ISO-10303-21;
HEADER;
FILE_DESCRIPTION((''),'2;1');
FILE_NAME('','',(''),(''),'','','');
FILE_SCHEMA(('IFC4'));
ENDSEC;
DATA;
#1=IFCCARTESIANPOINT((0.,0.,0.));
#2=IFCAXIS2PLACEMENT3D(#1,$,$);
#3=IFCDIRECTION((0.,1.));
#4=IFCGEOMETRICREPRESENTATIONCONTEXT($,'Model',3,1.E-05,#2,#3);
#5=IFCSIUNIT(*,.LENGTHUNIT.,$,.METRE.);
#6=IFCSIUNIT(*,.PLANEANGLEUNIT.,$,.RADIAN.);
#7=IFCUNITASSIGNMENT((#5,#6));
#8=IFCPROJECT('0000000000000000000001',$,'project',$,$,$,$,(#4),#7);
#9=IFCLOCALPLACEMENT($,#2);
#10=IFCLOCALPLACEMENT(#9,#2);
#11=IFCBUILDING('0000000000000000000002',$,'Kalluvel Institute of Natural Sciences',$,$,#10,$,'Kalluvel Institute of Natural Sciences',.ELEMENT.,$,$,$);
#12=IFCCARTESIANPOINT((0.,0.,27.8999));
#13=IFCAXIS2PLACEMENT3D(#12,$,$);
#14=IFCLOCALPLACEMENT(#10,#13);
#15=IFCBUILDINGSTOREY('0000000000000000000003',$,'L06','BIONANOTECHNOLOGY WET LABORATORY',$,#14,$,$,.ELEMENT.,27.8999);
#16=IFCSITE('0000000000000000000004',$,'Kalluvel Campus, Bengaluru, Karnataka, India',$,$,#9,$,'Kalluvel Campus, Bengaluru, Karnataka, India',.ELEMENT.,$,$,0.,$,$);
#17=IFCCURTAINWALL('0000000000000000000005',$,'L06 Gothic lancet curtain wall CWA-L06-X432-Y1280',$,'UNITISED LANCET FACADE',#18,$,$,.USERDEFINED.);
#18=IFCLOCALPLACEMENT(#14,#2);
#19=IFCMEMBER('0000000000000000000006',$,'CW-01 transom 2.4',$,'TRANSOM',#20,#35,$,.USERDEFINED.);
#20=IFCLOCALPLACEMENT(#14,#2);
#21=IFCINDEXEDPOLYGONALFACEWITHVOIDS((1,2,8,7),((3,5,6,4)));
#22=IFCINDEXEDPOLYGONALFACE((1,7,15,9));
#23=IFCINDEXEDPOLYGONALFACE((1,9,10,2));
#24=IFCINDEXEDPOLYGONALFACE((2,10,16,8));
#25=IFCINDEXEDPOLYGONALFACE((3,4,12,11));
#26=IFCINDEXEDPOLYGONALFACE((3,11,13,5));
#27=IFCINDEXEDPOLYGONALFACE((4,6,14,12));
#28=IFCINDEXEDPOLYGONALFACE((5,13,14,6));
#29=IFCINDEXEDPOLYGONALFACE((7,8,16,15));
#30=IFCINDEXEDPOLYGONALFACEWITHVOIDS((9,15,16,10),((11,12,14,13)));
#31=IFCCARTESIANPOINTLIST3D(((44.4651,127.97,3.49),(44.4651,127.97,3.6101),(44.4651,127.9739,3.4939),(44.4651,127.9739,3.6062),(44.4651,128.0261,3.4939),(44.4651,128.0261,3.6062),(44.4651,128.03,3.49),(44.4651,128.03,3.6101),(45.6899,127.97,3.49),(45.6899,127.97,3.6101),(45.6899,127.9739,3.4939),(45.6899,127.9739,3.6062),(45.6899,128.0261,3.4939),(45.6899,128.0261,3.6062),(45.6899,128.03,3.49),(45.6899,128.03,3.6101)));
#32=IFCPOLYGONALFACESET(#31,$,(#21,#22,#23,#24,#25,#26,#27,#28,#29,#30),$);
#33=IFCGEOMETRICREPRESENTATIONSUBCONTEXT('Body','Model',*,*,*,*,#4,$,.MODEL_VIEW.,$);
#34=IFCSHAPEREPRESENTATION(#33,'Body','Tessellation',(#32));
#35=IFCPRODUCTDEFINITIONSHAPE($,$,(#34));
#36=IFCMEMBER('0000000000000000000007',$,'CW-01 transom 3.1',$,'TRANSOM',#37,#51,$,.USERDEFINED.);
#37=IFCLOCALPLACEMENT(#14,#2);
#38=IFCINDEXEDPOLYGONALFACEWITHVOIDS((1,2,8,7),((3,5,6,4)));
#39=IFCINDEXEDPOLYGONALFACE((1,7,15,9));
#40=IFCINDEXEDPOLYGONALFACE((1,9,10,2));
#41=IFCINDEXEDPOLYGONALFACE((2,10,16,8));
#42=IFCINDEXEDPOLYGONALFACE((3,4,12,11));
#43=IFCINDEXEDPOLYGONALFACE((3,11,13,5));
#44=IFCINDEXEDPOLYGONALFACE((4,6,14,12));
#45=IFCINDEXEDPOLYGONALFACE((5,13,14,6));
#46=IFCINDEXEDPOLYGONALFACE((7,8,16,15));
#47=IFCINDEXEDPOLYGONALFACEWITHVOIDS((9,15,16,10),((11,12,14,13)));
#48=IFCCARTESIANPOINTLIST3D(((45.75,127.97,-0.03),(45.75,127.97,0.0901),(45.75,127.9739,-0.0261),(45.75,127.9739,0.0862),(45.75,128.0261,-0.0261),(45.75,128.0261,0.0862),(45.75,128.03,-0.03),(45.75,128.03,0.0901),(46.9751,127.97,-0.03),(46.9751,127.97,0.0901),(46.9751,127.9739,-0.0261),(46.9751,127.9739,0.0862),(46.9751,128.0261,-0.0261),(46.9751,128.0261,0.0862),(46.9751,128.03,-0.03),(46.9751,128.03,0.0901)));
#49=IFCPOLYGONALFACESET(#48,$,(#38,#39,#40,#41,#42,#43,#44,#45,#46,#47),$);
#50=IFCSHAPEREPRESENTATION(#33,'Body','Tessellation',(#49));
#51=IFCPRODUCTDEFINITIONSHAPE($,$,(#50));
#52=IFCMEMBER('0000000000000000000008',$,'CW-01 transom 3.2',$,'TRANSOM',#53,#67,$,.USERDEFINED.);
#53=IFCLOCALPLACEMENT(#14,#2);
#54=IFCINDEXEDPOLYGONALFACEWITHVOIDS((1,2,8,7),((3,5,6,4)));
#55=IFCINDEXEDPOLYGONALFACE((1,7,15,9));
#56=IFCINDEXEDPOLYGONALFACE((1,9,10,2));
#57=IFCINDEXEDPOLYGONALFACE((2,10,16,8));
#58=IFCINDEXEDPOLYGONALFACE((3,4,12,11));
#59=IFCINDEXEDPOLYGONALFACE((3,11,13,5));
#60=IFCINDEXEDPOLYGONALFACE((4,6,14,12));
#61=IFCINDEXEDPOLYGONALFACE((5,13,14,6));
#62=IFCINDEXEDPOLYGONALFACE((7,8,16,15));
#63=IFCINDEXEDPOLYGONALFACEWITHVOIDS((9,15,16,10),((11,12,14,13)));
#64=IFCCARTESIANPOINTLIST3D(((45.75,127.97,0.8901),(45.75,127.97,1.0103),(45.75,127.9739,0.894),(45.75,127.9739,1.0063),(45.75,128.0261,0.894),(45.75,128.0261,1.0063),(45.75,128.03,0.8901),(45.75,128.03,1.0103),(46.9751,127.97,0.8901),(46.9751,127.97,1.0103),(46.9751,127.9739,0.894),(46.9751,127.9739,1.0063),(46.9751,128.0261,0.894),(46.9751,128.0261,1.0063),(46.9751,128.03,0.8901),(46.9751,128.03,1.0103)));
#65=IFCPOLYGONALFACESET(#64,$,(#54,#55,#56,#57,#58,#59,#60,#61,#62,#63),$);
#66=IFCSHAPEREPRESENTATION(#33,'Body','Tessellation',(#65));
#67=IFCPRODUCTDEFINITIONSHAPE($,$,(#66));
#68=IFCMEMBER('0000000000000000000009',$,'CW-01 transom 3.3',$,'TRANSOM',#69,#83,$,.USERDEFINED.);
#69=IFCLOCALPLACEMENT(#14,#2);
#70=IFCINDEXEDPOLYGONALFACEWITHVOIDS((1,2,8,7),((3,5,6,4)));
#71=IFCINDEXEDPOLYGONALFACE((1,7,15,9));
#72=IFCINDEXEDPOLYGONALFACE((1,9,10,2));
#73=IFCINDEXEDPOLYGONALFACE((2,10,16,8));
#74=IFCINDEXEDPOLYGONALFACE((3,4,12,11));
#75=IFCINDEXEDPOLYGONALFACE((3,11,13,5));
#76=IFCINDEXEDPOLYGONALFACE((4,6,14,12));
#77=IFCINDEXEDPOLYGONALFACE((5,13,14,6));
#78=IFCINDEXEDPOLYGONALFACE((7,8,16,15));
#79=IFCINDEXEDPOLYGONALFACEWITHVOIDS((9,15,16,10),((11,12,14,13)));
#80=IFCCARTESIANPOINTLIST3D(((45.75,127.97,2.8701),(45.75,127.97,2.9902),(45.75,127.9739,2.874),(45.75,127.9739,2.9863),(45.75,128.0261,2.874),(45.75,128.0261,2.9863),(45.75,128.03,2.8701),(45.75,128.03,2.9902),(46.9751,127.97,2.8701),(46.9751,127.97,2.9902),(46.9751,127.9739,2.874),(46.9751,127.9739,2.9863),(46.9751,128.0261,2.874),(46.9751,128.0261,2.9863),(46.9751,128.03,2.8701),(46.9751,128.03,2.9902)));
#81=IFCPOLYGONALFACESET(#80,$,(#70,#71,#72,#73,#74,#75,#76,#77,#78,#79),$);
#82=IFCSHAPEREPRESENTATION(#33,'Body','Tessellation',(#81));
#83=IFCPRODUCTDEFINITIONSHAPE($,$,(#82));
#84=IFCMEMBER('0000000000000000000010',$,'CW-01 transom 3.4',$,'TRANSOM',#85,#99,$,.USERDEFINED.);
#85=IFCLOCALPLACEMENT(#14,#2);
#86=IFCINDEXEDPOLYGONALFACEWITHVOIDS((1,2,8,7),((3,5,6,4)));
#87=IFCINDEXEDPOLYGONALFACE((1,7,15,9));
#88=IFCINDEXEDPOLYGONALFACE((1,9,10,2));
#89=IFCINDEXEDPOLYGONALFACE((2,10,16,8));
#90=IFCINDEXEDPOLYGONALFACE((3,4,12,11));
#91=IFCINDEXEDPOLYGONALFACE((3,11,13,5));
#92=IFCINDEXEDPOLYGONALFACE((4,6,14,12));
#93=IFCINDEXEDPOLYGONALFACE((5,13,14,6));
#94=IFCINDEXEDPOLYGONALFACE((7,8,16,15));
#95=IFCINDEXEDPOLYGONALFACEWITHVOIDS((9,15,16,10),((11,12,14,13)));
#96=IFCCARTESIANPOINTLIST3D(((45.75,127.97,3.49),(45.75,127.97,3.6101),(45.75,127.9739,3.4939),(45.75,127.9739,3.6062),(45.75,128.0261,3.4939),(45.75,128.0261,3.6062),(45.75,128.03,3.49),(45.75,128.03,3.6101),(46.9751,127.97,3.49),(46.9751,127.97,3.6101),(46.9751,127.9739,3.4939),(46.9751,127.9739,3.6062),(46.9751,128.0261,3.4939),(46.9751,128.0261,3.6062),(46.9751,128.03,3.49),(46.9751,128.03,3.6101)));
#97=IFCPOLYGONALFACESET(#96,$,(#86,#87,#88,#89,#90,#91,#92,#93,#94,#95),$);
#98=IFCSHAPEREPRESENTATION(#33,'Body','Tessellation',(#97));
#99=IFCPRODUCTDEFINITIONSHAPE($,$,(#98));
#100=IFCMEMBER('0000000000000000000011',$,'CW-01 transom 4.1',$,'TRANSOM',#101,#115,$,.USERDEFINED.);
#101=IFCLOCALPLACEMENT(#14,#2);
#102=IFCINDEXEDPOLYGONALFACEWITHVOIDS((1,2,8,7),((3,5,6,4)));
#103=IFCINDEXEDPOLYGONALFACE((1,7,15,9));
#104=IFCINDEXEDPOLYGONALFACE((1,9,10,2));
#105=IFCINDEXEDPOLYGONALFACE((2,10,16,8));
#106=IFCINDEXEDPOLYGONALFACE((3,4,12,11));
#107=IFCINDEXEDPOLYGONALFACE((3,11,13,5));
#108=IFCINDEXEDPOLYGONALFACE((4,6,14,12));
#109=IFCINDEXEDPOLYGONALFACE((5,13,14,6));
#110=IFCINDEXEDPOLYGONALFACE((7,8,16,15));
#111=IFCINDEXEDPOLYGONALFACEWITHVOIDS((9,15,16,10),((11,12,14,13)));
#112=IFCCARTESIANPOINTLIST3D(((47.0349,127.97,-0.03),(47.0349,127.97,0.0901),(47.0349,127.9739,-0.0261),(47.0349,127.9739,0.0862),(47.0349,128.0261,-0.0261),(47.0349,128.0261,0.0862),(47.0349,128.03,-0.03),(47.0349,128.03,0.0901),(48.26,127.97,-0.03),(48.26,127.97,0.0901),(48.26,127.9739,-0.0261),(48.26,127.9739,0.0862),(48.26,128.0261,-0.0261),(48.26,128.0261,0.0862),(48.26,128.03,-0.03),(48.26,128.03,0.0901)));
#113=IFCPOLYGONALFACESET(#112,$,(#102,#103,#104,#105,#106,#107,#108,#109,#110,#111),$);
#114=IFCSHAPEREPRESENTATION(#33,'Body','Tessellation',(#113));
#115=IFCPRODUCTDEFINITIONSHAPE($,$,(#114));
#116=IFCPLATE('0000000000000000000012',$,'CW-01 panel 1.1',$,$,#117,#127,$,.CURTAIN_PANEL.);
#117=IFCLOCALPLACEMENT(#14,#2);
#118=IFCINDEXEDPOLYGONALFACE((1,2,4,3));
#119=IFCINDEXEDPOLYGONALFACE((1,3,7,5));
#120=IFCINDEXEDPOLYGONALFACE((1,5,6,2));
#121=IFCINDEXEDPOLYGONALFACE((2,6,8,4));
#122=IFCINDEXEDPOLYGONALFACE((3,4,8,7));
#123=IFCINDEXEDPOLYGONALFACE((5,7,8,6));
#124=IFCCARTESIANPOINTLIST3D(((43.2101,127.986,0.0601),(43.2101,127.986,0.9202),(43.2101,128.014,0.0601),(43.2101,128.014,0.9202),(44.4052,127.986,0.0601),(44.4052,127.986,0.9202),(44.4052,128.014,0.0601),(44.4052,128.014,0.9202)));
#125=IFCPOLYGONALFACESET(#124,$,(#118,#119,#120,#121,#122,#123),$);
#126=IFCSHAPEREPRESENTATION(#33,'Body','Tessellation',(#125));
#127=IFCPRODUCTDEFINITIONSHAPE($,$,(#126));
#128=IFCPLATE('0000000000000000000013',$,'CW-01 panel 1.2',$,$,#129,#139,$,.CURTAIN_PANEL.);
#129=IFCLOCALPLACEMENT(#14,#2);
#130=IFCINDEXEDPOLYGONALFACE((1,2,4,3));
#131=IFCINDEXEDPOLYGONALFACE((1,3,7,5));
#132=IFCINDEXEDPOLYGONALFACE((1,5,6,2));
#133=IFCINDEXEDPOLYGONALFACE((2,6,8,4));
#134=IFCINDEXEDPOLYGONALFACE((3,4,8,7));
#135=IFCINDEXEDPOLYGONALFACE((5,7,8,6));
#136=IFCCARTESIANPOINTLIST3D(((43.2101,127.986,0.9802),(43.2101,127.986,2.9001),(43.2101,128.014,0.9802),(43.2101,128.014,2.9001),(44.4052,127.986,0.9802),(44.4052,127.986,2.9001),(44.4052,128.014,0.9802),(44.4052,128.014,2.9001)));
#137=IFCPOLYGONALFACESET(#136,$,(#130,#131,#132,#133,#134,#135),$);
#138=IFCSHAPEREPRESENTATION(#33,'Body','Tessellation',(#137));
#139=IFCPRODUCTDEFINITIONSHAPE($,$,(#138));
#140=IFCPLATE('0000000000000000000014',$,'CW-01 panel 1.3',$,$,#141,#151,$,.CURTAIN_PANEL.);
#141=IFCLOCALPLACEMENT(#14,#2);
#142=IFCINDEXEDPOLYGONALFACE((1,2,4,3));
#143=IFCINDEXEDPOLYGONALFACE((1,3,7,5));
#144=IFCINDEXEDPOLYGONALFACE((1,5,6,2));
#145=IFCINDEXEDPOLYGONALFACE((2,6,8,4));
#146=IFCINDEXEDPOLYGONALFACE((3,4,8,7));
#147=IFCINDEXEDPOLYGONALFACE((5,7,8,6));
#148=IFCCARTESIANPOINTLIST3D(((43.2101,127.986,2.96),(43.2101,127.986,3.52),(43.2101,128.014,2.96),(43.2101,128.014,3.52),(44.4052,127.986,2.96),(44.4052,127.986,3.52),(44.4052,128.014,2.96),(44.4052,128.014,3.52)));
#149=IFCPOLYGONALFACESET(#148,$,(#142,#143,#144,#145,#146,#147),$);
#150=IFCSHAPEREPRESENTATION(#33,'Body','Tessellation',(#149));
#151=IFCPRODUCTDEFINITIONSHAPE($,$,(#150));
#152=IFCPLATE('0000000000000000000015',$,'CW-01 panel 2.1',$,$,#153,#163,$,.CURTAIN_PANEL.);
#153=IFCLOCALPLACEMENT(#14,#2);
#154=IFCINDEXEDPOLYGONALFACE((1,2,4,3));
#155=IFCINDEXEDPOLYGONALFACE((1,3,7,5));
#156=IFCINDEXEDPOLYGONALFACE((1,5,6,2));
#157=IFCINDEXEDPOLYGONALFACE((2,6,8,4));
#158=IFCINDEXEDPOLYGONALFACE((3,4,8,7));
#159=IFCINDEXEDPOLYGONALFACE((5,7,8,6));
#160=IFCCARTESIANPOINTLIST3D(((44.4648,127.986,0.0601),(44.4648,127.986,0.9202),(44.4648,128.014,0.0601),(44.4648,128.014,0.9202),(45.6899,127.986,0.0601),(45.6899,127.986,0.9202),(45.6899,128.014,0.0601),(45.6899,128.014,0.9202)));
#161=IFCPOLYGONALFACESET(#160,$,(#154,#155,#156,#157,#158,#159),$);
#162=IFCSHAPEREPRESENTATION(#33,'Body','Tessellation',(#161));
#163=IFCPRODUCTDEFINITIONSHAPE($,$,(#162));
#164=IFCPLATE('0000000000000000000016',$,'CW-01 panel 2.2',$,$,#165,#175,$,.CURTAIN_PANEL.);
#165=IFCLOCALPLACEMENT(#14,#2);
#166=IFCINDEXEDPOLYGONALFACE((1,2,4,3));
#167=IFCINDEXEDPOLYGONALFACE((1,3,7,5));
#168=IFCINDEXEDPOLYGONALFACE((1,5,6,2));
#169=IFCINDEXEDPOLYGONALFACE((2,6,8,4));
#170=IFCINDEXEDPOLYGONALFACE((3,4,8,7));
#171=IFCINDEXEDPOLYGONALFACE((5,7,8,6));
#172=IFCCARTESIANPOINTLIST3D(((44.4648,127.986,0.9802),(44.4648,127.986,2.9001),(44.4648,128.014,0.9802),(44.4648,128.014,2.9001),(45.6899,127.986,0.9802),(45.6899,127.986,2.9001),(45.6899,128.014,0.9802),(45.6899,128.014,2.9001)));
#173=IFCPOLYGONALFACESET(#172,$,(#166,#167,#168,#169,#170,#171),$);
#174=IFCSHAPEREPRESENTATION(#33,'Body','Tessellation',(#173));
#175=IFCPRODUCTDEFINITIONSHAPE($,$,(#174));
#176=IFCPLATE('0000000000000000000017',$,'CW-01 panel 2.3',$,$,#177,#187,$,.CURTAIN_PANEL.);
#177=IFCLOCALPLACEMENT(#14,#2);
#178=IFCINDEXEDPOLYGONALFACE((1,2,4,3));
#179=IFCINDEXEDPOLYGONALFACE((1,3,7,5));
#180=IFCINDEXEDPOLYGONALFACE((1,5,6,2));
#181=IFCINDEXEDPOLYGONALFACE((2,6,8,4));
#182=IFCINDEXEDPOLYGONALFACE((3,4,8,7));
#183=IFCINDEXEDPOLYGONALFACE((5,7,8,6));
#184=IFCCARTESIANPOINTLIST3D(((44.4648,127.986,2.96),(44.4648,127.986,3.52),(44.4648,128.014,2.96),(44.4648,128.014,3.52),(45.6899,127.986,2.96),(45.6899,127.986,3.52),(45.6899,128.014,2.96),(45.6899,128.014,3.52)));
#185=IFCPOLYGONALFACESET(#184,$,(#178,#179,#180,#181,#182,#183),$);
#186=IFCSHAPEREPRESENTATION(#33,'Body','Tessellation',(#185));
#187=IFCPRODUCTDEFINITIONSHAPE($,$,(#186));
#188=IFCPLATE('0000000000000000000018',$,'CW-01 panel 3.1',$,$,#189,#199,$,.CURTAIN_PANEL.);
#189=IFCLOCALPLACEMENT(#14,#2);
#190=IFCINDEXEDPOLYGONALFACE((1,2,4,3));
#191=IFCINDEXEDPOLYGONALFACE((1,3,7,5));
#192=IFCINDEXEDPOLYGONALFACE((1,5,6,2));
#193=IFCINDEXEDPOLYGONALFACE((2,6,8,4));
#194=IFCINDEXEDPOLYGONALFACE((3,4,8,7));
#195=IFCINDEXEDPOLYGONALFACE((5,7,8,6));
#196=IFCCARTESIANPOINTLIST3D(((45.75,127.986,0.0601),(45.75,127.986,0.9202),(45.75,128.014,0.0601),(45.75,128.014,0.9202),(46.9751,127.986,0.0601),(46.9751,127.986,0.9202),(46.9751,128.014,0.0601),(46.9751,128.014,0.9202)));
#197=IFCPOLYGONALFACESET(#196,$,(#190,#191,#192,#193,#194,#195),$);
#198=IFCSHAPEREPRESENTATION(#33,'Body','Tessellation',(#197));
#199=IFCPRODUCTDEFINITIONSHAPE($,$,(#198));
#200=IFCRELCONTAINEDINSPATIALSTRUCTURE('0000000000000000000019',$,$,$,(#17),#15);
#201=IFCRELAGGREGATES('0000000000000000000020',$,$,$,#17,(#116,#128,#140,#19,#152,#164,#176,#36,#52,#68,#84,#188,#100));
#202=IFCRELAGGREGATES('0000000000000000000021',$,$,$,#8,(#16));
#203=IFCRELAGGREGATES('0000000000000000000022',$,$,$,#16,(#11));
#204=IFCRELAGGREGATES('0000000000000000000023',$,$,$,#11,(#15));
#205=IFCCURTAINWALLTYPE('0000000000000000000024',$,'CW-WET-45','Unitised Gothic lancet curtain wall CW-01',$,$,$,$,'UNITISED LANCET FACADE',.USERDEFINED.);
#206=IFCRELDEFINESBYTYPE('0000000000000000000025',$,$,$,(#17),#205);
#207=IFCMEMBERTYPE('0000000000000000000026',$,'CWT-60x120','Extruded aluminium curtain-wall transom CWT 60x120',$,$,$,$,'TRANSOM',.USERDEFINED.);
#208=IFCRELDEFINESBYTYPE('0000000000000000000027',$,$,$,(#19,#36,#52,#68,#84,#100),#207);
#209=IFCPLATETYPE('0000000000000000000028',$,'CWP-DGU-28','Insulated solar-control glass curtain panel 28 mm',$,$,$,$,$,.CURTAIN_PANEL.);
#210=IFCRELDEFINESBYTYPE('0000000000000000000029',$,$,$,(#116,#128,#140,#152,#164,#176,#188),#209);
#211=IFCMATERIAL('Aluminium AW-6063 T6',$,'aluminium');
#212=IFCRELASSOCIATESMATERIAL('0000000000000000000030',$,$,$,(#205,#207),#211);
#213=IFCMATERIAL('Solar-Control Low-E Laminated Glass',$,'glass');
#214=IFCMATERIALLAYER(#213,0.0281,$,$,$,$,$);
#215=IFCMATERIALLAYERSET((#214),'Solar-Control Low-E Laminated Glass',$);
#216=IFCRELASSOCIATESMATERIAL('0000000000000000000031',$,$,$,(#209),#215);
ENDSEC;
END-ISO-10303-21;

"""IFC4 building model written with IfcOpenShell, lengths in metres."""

from ifc_helpers import new_model, si_unit, direction, frame, origin, origin_2d, place, context, subcontext, project, spatial, rectangle, hollow_rectangle, extrude, material, layer, layer_set, material_profile, profile_set, type_object, element, aggregate, save


model = new_model("IFC4")

# Units and contexts
model_context = context("Model", 3, precision=1e-05, world=origin(), true_north=direction((0.0, 1.0)))
body_context = subcontext(model_context, "Body", "Model", "MODEL_VIEW")
ifc_project = project(units=[si_unit("LENGTHUNIT", "METRE"), si_unit("PLANEANGLEUNIT", "RADIAN")], contexts=[model_context])

# Site, building, storey
site_placement = place(None, origin())
site = spatial("IfcSite", under=ifc_project, at=site_placement, Name="Kalluvel Campus, Bengaluru, Karnataka, India", LongName="Kalluvel Campus, Bengaluru, Karnataka, India", CompositionType="ELEMENT", RefElevation=0.0)
building_placement = place(site_placement, origin())
building = spatial("IfcBuilding", under=site, at=building_placement, Name="Kalluvel Institute of Natural Sciences", LongName="Kalluvel Institute of Natural Sciences", CompositionType="ELEMENT")
storey_placement = place(building_placement, frame((0.0, 0.0, 27.8999)))
storey = spatial("IfcBuildingStorey", under=building, at=storey_placement, Name="L06", Description="BIONANOTECHNOLOGY WET LABORATORY", CompositionType="ELEMENT", Elevation=27.8999)

# Curtain wall, members, plates
ifc_material_1 = material(Name="Aluminium AW-6063 T6", Category="aluminium")
curtain_wall_type = type_object("IfcCurtainWallType", Name="CW-WET-45", Description="Unitised Gothic lancet curtain wall CW-01", ElementType="UNITISED LANCET FACADE", PredefinedType="USERDEFINED", material=ifc_material_1)
curtain_wall_placement = place(storey_placement, origin())
curtain_wall = element("IfcCurtainWall", 1, at=curtain_wall_placement, inside=storey, type_object=curtain_wall_type, Name="L06 Gothic lancet curtain wall CWA-L06-X432-Y1280", ObjectType="UNITISED LANCET FACADE", PredefinedType="USERDEFINED")
ifc_material_profile_1 = material_profile(ifc_material_1, hollow_rectangle(XDim=0.0601, YDim=0.1201, WallThickness=0.0039, at=origin_2d()), Name="CWT 60x120")
ifc_profile_set_1 = profile_set([ifc_material_profile_1], Name="Aluminium AW-6063 T6")
member_type_1 = type_object("IfcMemberType", Name="CWT-60x120", Description="Extruded aluminium curtain-wall transom CWT 60x120", ElementType="TRANSOM", PredefinedType="USERDEFINED", material=ifc_profile_set_1)
member_1_placement = place(storey_placement, frame((44.4651, 128.0, 3.55), z_axis=(1.0, 0.0, 0.0), x_axis=(0.0, 1.0, 0.0)))
member_1 = element("IfcMember", 2, at=member_1_placement, type_object=member_type_1, Name="CW-01 transom 2.4", ObjectType="TRANSOM", PredefinedType="USERDEFINED", context=body_context, shape_type="SweptSolid", body=[
    extrude(hollow_rectangle(XDim=0.0601, YDim=0.1201, WallThickness=0.0039, at=origin_2d()), origin(), (0.0, 0.0, 1.0), 1.2249),
])
member_2_placement = place(storey_placement, frame((45.75, 128.0, 0.03), z_axis=(1.0, 0.0, 0.0), x_axis=(0.0, 1.0, 0.0)))
member_2 = element("IfcMember", 3, at=member_2_placement, type_object=member_type_1, Name="CW-01 transom 3.1", ObjectType="TRANSOM", PredefinedType="USERDEFINED", context=body_context, shape_type="SweptSolid", body=[
    extrude(hollow_rectangle(XDim=0.0601, YDim=0.1201, WallThickness=0.0039, at=origin_2d()), origin(), (0.0, 0.0, 1.0), 1.2251),
])
member_3_placement = place(storey_placement, frame((45.75, 128.0, 0.9502), z_axis=(1.0, 0.0, 0.0), x_axis=(0.0, 1.0, 0.0)))
member_3 = element("IfcMember", 4, at=member_3_placement, type_object=member_type_1, Name="CW-01 transom 3.2", ObjectType="TRANSOM", PredefinedType="USERDEFINED", context=body_context, shape_type="SweptSolid", body=[
    extrude(hollow_rectangle(XDim=0.0601, YDim=0.1201, WallThickness=0.0039, at=origin_2d()), origin(), (0.0, 0.0, 1.0), 1.2251),
])
member_4_placement = place(storey_placement, frame((45.75, 128.0, 2.9302), z_axis=(1.0, 0.0, 0.0), x_axis=(0.0, 1.0, 0.0)))
member_4 = element("IfcMember", 5, at=member_4_placement, type_object=member_type_1, Name="CW-01 transom 3.3", ObjectType="TRANSOM", PredefinedType="USERDEFINED", context=body_context, shape_type="SweptSolid", body=[
    extrude(hollow_rectangle(XDim=0.0601, YDim=0.1201, WallThickness=0.0039, at=origin_2d()), origin(), (0.0, 0.0, 1.0), 1.2251),
])
member_5_placement = place(storey_placement, frame((45.75, 128.0, 3.55), z_axis=(1.0, 0.0, 0.0), x_axis=(0.0, 1.0, 0.0)))
member_5 = element("IfcMember", 6, at=member_5_placement, type_object=member_type_1, Name="CW-01 transom 3.4", ObjectType="TRANSOM", PredefinedType="USERDEFINED", context=body_context, shape_type="SweptSolid", body=[
    extrude(hollow_rectangle(XDim=0.0601, YDim=0.1201, WallThickness=0.0039, at=origin_2d()), origin(), (0.0, 0.0, 1.0), 1.2251),
])
member_6_placement = place(storey_placement, frame((47.0349, 128.0, 0.03), z_axis=(1.0, 0.0, 0.0), x_axis=(0.0, 1.0, 0.0)))
member_6 = element("IfcMember", 7, at=member_6_placement, type_object=member_type_1, Name="CW-01 transom 4.1", ObjectType="TRANSOM", PredefinedType="USERDEFINED", context=body_context, shape_type="SweptSolid", body=[
    extrude(hollow_rectangle(XDim=0.0601, YDim=0.1201, WallThickness=0.0039, at=origin_2d()), origin(), (0.0, 0.0, 1.0), 1.2251),
])
ifc_material_2 = material(Name="Solar-Control Low-E Laminated Glass", Category="glass")
ifc_layer_1 = layer(ifc_material_2, 0.0281)
ifc_layer_set_1 = layer_set([ifc_layer_1], Name="Solar-Control Low-E Laminated Glass")
plate_type = type_object("IfcPlateType", Name="CWP-DGU-28", Description="Insulated solar-control glass curtain panel 28 mm", PredefinedType="CURTAIN_PANEL", material=ifc_layer_set_1)
plate_1_placement = place(storey_placement, frame((43.8076, 128.0, 0.0601), z_axis=(0.0, 0.0, 1.0), x_axis=(1.0, 0.0, 0.0)))
plate_1 = element("IfcPlate", 8, at=plate_1_placement, type_object=plate_type, Name="CW-01 panel 1.1", PredefinedType="CURTAIN_PANEL", context=body_context, shape_type="SweptSolid", body=[
    extrude(rectangle(XDim=1.1951, YDim=0.0281, at=origin_2d()), origin(), (0.0, 0.0, 1.0), 0.8601),
])
plate_2_placement = place(storey_placement, frame((43.8076, 128.0, 0.9802), z_axis=(0.0, 0.0, 1.0), x_axis=(1.0, 0.0, 0.0)))
plate_2 = element("IfcPlate", 9, at=plate_2_placement, type_object=plate_type, Name="CW-01 panel 1.2", PredefinedType="CURTAIN_PANEL", context=body_context, shape_type="SweptSolid", body=[
    extrude(rectangle(XDim=1.1951, YDim=0.0281, at=origin_2d()), origin(), (0.0, 0.0, 1.0), 1.9199),
])
plate_3_placement = place(storey_placement, frame((43.8076, 128.0, 2.96), z_axis=(0.0, 0.0, 1.0), x_axis=(1.0, 0.0, 0.0)))
plate_3 = element("IfcPlate", 10, at=plate_3_placement, type_object=plate_type, Name="CW-01 panel 1.3", PredefinedType="CURTAIN_PANEL", context=body_context, shape_type="SweptSolid", body=[
    extrude(rectangle(XDim=1.1951, YDim=0.0281, at=origin_2d()), origin(), (0.0, 0.0, 1.0), 0.5601),
])
plate_4_placement = place(storey_placement, frame((45.0774, 128.0, 0.0601), z_axis=(0.0, 0.0, 1.0), x_axis=(1.0, 0.0, 0.0)))
plate_4 = element("IfcPlate", 11, at=plate_4_placement, type_object=plate_type, Name="CW-01 panel 2.1", PredefinedType="CURTAIN_PANEL", context=body_context, shape_type="SweptSolid", body=[
    extrude(rectangle(XDim=1.2251, YDim=0.0281, at=origin_2d()), origin(), (0.0, 0.0, 1.0), 0.8601),
])
plate_5_placement = place(storey_placement, frame((45.0774, 128.0, 0.9802), z_axis=(0.0, 0.0, 1.0), x_axis=(1.0, 0.0, 0.0)))
plate_5 = element("IfcPlate", 12, at=plate_5_placement, type_object=plate_type, Name="CW-01 panel 2.2", PredefinedType="CURTAIN_PANEL", context=body_context, shape_type="SweptSolid", body=[
    extrude(rectangle(XDim=1.2251, YDim=0.0281, at=origin_2d()), origin(), (0.0, 0.0, 1.0), 1.9199),
])
plate_6_placement = place(storey_placement, frame((45.0774, 128.0, 2.96), z_axis=(0.0, 0.0, 1.0), x_axis=(1.0, 0.0, 0.0)))
plate_6 = element("IfcPlate", 13, at=plate_6_placement, type_object=plate_type, Name="CW-01 panel 2.3", PredefinedType="CURTAIN_PANEL", context=body_context, shape_type="SweptSolid", body=[
    extrude(rectangle(XDim=1.2251, YDim=0.0281, at=origin_2d()), origin(), (0.0, 0.0, 1.0), 0.5601),
])
plate_7_placement = place(storey_placement, frame((46.3625, 128.0, 0.0601), z_axis=(0.0, 0.0, 1.0), x_axis=(1.0, 0.0, 0.0)))
plate_7 = element("IfcPlate", 14, at=plate_7_placement, type_object=plate_type, Name="CW-01 panel 3.1", PredefinedType="CURTAIN_PANEL", context=body_context, shape_type="SweptSolid", body=[
    extrude(rectangle(XDim=1.2251, YDim=0.0281, at=origin_2d()), origin(), (0.0, 0.0, 1.0), 0.8601),
])
aggregate(curtain_wall, [plate_1, plate_2, plate_3, member_1, plate_4, plate_5, plate_6, member_2, member_3, member_4, member_5, plate_7, member_6])

save(model, "model.ifc")
